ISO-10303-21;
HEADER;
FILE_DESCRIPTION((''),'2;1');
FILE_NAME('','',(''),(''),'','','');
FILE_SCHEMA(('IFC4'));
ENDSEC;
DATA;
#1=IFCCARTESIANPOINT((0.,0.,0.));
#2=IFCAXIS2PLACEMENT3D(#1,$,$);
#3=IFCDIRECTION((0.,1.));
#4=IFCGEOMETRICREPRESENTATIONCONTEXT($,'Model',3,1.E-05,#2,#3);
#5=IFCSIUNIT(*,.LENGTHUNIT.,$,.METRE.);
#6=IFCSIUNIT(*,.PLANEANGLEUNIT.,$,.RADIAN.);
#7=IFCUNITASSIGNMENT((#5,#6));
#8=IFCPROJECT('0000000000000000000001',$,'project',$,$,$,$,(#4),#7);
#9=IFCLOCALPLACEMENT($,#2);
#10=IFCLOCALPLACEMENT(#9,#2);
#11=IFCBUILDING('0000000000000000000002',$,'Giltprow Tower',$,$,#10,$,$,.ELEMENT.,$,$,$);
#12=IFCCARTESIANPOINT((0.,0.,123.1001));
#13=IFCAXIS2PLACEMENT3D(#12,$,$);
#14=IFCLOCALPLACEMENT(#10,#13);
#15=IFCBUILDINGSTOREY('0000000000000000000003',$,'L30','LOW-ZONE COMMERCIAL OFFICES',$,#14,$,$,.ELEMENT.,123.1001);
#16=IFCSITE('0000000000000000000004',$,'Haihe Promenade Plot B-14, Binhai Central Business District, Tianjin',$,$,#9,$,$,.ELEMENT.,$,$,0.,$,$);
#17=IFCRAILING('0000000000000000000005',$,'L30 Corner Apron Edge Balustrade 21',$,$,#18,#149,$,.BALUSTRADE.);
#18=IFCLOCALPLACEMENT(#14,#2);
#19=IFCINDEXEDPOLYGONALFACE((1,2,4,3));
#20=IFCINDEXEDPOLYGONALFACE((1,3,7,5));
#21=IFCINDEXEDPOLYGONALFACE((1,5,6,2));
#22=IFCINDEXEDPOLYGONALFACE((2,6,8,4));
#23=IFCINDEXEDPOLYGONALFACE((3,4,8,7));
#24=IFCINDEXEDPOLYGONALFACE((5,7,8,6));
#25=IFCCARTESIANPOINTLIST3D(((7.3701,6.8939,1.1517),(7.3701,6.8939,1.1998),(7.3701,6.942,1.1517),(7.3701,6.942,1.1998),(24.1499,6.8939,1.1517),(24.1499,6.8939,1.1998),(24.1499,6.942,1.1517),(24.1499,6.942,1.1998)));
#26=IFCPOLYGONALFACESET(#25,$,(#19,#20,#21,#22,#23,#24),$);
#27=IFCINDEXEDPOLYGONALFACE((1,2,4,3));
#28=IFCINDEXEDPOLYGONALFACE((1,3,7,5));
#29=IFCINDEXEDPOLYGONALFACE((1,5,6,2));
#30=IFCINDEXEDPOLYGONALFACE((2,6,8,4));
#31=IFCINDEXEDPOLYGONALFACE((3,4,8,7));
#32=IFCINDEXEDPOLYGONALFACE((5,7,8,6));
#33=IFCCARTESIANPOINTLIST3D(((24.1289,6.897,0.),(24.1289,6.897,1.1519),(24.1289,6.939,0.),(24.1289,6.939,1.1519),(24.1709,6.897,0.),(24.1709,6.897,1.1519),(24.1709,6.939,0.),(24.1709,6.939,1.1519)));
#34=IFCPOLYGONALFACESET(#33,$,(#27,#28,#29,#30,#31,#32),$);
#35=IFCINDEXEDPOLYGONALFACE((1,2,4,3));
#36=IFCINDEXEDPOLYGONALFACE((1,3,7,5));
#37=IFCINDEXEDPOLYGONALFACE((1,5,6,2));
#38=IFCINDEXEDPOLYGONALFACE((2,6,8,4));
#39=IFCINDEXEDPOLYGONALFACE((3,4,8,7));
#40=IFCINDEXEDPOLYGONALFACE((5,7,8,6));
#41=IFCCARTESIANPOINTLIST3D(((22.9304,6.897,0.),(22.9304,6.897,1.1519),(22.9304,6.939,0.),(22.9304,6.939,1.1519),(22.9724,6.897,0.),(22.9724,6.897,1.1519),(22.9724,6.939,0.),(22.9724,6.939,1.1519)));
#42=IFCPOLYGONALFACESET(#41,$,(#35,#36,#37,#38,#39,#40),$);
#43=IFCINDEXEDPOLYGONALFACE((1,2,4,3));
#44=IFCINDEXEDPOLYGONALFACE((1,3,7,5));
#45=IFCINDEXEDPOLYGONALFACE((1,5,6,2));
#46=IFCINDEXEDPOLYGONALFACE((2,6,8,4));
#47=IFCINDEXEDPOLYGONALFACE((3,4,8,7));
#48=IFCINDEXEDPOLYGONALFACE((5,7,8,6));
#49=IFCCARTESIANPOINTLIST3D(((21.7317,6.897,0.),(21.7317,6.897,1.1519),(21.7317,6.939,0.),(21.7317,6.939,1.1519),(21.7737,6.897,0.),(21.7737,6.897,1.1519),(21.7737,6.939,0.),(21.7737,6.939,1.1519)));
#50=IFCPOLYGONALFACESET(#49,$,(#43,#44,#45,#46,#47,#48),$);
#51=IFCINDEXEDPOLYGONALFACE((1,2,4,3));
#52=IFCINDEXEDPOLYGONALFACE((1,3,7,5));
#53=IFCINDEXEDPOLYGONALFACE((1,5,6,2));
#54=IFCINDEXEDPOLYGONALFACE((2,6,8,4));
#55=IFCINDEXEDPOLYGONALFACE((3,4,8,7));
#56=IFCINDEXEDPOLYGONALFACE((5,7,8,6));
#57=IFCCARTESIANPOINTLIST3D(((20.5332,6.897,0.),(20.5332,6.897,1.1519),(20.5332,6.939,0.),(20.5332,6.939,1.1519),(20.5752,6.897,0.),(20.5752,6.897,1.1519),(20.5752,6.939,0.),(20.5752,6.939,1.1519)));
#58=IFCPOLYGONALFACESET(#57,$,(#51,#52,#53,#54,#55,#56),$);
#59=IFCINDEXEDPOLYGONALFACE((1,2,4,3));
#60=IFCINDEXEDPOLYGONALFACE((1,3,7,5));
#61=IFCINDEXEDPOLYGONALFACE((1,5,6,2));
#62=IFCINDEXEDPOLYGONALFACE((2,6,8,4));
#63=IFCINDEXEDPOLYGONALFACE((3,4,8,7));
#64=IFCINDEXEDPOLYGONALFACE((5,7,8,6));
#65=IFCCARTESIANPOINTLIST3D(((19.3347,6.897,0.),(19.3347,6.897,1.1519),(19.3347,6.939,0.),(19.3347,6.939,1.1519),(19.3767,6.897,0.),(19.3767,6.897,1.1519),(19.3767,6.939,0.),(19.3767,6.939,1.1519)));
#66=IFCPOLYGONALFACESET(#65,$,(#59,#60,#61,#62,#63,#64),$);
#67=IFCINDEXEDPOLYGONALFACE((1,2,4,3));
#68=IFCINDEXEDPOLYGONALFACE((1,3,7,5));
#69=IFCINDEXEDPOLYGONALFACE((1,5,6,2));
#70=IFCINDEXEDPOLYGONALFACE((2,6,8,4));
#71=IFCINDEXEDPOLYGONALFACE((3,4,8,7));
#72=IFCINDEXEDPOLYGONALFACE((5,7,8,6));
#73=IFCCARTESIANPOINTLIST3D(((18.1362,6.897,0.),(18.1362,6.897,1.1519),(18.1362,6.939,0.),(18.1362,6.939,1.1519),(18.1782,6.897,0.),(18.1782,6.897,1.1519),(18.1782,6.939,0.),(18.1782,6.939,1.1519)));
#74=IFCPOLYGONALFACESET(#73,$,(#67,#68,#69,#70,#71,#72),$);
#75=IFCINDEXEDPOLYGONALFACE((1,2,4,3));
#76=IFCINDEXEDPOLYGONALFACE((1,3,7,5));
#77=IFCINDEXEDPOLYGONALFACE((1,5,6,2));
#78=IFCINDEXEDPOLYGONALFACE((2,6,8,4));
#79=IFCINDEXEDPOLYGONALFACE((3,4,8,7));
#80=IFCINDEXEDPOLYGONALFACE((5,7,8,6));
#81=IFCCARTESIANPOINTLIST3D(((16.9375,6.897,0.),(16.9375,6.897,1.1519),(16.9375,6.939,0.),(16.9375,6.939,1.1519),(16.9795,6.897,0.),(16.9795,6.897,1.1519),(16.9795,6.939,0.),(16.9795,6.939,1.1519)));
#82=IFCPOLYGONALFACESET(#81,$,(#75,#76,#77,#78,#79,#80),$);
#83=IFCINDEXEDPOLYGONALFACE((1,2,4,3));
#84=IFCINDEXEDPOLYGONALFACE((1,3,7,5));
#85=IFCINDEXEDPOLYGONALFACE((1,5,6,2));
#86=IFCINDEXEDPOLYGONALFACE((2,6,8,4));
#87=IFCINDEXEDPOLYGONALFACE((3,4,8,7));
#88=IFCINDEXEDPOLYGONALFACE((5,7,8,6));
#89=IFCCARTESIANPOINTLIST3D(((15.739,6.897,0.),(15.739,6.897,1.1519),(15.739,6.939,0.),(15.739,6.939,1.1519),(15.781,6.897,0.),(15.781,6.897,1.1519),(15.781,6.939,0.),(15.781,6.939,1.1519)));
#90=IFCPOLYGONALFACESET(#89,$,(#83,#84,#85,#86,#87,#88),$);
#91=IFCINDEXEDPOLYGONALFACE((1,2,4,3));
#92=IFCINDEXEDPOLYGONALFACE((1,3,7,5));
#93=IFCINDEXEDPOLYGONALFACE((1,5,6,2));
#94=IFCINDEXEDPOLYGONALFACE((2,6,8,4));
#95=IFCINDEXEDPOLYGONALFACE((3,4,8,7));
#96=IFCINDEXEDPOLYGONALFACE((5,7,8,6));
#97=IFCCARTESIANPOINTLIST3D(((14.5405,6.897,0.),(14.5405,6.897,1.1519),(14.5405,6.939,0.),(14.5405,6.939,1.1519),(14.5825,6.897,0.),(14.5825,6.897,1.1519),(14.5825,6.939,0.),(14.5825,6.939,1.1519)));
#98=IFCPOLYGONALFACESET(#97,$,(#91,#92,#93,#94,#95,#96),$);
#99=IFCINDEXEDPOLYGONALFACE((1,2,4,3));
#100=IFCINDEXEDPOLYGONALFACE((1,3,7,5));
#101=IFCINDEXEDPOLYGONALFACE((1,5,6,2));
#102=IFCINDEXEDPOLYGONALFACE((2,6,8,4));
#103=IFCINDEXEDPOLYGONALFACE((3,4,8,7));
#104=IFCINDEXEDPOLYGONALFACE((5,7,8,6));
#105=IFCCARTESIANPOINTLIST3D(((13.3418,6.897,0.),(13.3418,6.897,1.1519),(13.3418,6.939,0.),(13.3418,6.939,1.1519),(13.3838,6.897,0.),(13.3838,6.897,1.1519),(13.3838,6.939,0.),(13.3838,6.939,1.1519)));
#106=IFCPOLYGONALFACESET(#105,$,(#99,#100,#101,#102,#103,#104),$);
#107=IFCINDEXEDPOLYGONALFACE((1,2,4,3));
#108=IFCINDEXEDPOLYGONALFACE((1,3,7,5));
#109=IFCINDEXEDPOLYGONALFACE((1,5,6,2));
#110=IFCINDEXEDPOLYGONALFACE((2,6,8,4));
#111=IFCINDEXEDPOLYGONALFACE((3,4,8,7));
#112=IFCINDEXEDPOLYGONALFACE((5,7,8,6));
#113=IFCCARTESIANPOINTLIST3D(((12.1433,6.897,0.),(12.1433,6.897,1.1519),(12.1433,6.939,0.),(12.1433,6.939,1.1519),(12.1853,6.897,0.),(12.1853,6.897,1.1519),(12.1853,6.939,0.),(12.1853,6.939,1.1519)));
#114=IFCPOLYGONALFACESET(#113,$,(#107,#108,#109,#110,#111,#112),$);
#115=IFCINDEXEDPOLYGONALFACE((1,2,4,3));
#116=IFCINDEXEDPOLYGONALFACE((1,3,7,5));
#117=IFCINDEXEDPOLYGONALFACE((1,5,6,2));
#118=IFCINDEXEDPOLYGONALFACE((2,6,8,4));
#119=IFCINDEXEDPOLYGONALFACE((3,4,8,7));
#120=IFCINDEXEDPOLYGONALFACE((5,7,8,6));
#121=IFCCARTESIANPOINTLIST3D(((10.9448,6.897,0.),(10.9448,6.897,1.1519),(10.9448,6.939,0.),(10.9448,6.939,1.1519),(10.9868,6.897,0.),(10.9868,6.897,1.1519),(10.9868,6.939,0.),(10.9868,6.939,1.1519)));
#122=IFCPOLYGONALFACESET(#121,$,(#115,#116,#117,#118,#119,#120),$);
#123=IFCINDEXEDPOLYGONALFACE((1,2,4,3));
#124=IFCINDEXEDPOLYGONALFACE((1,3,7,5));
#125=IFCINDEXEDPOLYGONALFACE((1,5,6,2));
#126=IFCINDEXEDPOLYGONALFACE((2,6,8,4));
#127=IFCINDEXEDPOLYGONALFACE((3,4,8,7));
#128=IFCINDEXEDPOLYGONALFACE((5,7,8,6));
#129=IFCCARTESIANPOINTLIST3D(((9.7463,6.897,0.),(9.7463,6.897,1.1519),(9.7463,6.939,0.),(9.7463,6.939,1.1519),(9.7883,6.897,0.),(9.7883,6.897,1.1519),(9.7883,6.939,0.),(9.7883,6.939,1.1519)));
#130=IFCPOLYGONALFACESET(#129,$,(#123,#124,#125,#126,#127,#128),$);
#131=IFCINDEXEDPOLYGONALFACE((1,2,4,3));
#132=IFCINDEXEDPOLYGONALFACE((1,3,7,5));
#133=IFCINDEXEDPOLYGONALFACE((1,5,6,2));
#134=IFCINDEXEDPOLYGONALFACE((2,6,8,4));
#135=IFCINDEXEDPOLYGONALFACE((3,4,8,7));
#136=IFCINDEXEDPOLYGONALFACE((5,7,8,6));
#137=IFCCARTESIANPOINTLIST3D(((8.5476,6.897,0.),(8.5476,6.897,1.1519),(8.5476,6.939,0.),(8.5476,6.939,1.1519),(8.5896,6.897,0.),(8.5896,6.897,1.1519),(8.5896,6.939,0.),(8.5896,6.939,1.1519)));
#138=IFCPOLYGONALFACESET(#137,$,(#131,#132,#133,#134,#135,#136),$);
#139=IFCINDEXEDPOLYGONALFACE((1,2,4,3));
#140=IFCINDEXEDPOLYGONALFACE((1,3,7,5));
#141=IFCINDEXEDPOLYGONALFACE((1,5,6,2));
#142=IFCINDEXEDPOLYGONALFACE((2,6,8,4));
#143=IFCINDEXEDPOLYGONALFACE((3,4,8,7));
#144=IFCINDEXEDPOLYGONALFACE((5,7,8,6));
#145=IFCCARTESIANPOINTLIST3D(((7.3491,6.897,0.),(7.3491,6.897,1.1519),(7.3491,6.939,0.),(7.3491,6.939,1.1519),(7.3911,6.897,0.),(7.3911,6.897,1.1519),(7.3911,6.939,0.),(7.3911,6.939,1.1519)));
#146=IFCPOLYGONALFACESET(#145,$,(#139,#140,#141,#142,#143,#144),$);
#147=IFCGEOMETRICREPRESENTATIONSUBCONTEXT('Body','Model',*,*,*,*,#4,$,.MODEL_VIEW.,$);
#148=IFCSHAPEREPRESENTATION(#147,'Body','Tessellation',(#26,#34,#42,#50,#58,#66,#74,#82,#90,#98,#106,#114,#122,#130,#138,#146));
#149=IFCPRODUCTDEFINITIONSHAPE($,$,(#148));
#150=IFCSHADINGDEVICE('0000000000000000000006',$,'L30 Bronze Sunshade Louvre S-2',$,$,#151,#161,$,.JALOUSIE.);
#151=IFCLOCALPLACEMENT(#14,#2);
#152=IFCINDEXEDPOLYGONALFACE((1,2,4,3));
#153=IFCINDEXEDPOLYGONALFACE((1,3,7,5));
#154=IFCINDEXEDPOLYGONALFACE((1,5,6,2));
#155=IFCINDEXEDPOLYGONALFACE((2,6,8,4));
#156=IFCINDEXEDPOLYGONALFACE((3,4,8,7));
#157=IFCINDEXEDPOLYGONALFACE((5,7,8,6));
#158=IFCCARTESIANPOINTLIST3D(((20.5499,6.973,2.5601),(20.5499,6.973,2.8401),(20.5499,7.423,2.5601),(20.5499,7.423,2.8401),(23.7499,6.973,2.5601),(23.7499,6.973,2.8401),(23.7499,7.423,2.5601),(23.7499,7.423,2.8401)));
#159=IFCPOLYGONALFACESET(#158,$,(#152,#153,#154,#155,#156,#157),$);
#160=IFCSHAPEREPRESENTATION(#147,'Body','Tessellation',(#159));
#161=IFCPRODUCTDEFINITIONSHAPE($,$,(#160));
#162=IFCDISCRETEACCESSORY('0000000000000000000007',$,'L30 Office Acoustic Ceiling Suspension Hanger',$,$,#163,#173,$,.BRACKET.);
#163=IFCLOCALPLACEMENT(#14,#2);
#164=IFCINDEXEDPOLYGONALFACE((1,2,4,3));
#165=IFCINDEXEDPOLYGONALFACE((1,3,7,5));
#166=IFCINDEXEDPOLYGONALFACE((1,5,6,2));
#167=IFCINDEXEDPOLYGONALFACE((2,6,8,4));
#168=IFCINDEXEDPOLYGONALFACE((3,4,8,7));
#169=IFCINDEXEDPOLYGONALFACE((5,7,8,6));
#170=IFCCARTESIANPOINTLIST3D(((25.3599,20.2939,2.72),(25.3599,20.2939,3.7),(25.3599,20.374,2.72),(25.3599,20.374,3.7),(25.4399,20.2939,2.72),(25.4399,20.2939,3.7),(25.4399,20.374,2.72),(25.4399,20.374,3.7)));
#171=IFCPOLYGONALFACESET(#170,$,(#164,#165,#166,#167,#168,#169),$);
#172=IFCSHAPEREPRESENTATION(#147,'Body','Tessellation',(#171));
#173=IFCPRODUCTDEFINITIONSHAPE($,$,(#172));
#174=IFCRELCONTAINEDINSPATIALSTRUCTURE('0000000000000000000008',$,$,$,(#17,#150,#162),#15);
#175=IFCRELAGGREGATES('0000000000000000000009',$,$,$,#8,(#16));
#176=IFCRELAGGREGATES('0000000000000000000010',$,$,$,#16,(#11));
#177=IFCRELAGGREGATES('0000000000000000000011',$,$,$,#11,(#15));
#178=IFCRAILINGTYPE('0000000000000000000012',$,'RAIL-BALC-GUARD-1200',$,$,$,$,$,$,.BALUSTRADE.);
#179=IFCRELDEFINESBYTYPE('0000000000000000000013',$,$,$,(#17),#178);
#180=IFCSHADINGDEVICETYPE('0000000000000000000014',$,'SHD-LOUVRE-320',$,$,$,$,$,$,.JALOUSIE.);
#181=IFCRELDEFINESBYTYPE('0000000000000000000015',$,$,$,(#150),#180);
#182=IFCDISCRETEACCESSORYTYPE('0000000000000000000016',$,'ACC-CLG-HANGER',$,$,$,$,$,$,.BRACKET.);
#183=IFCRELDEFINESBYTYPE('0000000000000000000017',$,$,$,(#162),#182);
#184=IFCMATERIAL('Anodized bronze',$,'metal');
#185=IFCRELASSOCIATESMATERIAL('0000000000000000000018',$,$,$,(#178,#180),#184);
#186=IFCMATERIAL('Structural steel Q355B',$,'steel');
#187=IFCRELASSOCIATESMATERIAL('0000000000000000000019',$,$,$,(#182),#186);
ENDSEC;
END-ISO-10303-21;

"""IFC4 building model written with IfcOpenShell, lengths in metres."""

from ifc_helpers import new_model, si_unit, direction, frame, origin, origin_2d, place, context, subcontext, project, spatial, rectangle, extrude, source, transform, mapped, material, type_object, element, save


model = new_model("IFC4")

# Units and contexts
model_context = context("Model", 3, precision=1e-05, world=origin(), true_north=direction((0.0, 1.0)))
body_context = subcontext(model_context, "Body", "Model", "MODEL_VIEW")
ifc_project = project(units=[si_unit("LENGTHUNIT", "METRE"), si_unit("PLANEANGLEUNIT", "RADIAN")], contexts=[model_context])

# Site, building, storey
site_placement = place(None, origin())
site = spatial("IfcSite", under=ifc_project, at=site_placement, Name="Haihe Promenade Plot B-14, Binhai Central Business District, Tianjin", CompositionType="ELEMENT", RefElevation=0.0)
building_placement = place(site_placement, origin())
building = spatial("IfcBuilding", under=site, at=building_placement, Name="Giltprow Tower", CompositionType="ELEMENT")
storey_placement = place(building_placement, frame((0.0, 0.0, 123.1001)))
storey = spatial("IfcBuildingStorey", under=building, at=storey_placement, Name="L30", Description="LOW-ZONE COMMERCIAL OFFICES", CompositionType="ELEMENT", Elevation=123.1001)

# Shared definitions
ifc_material_1 = material(Name="Structural steel Q355B", Category="steel")

# Railing
ifc_material_2 = material(Name="Anodized bronze", Category="metal")
railing_type = type_object("IfcRailingType", Name="RAIL-BALC-GUARD-1200", PredefinedType="BALUSTRADE", material=ifc_material_2)
railing_1_placement = place(storey_placement, frame((24.1499, 6.918, 0.0)))
element("IfcRailing", 1, at=railing_1_placement, inside=storey, type_object=railing_type, Name="L30 Corner Apron Edge Balustrade 21", PredefinedType="BALUSTRADE", context=body_context, shape_type="SweptSolid", body=[
    extrude(rectangle(XDim=0.0481, YDim=0.0481, at=origin_2d()), frame((0.0, 0.0, 1.1758), z_axis=(-1.0, 0.0, 0.0), x_axis=(0.0, -1.0, 0.0)), (0.0, 0.0, 1.0), 16.7798),
    extrude(rectangle(XDim=0.042, YDim=0.042, at=origin_2d()), origin(), (0.0, 0.0, 1.0), 1.1519),
    extrude(rectangle(XDim=0.042, YDim=0.042, at=origin_2d()), frame((-1.1985, 0.0, 0.0)), (0.0, 0.0, 1.0), 1.1519),
    extrude(rectangle(XDim=0.042, YDim=0.042, at=origin_2d()), frame((-2.3972, 0.0, 0.0)), (0.0, 0.0, 1.0), 1.1519),
    extrude(rectangle(XDim=0.042, YDim=0.042, at=origin_2d()), frame((-3.5957, 0.0, 0.0)), (0.0, 0.0, 1.0), 1.1519),
    extrude(rectangle(XDim=0.042, YDim=0.042, at=origin_2d()), frame((-4.7942, 0.0, 0.0)), (0.0, 0.0, 1.0), 1.1519),
    extrude(rectangle(XDim=0.042, YDim=0.042, at=origin_2d()), frame((-5.9927, 0.0, 0.0)), (0.0, 0.0, 1.0), 1.1519),
    extrude(rectangle(XDim=0.042, YDim=0.042, at=origin_2d()), frame((-7.1914, 0.0, 0.0)), (0.0, 0.0, 1.0), 1.1519),
    extrude(rectangle(XDim=0.042, YDim=0.042, at=origin_2d()), frame((-8.3899, 0.0, 0.0)), (0.0, 0.0, 1.0), 1.1519),
    extrude(rectangle(XDim=0.042, YDim=0.042, at=origin_2d()), frame((-9.5884, 0.0, 0.0)), (0.0, 0.0, 1.0), 1.1519),
    extrude(rectangle(XDim=0.042, YDim=0.042, at=origin_2d()), frame((-10.7871, 0.0, 0.0)), (0.0, 0.0, 1.0), 1.1519),
    extrude(rectangle(XDim=0.042, YDim=0.042, at=origin_2d()), frame((-11.9856, 0.0, 0.0)), (0.0, 0.0, 1.0), 1.1519),
    extrude(rectangle(XDim=0.042, YDim=0.042, at=origin_2d()), frame((-13.1841, 0.0, 0.0)), (0.0, 0.0, 1.0), 1.1519),
    extrude(rectangle(XDim=0.042, YDim=0.042, at=origin_2d()), frame((-14.3826, 0.0, 0.0)), (0.0, 0.0, 1.0), 1.1519),
    extrude(rectangle(XDim=0.042, YDim=0.042, at=origin_2d()), frame((-15.5813, 0.0, 0.0)), (0.0, 0.0, 1.0), 1.1519),
    extrude(rectangle(XDim=0.042, YDim=0.042, at=origin_2d()), frame((-16.7798, 0.0, 0.0)), (0.0, 0.0, 1.0), 1.1519),
])

# Shading device
shading_device_type = type_object("IfcShadingDeviceType", Name="SHD-LOUVRE-320", PredefinedType="JALOUSIE", material=ifc_material_2)
shared_shape_1 = source(origin(), body_context, "Body", "SweptSolid", [
    extrude(rectangle(XDim=3.2, YDim=0.45, at=origin_2d()), origin(), (0.0, 0.0, 1.0), 0.28),
])
shading_device_placement = place(storey_placement, frame((22.1499, 7.198, 2.5601), z_axis=(0.0, 0.0, 1.0), x_axis=(1.0, 0.0, 0.0)))
element("IfcShadingDevice", 2, at=shading_device_placement, inside=storey, type_object=shading_device_type, Name="L30 Bronze Sunshade Louvre S-2", PredefinedType="JALOUSIE", context=body_context, shape_type="MappedRepresentation", body=[
    mapped(shared_shape_1, transform((0.0, 0.0, 0.0), x_axis=(1.0, 0.0, 0.0), y_axis=(0.0, 1.0, 0.0), z_axis=(0.0, 0.0, 1.0), scale=1.0)),
])

# Discrete accessory
discrete_accessory_type = type_object("IfcDiscreteAccessoryType", Name="ACC-CLG-HANGER", PredefinedType="BRACKET", material=ifc_material_1)
shared_shape_2 = source(origin(), body_context, "Body", "SweptSolid", [
    extrude(rectangle(XDim=0.0801, YDim=0.0801, at=origin_2d()), origin(), (0.0, 0.0, 1.0), 0.98),
])
discrete_accessory_placement = place(storey_placement, frame((25.3999, 20.334, 2.72), z_axis=(0.0, 0.0, 1.0), x_axis=(1.0, 0.0, 0.0)))
element("IfcDiscreteAccessory", 3, at=discrete_accessory_placement, inside=storey, type_object=discrete_accessory_type, Name="L30 Office Acoustic Ceiling Suspension Hanger", PredefinedType="BRACKET", context=body_context, shape_type="MappedRepresentation", body=[
    mapped(shared_shape_2, transform((0.0, 0.0, 0.0), x_axis=(1.0, 0.0, 0.0), y_axis=(0.0, 1.0, 0.0), z_axis=(0.0, 0.0, 1.0), scale=1.0)),
])

save(model, "model.ifc")
